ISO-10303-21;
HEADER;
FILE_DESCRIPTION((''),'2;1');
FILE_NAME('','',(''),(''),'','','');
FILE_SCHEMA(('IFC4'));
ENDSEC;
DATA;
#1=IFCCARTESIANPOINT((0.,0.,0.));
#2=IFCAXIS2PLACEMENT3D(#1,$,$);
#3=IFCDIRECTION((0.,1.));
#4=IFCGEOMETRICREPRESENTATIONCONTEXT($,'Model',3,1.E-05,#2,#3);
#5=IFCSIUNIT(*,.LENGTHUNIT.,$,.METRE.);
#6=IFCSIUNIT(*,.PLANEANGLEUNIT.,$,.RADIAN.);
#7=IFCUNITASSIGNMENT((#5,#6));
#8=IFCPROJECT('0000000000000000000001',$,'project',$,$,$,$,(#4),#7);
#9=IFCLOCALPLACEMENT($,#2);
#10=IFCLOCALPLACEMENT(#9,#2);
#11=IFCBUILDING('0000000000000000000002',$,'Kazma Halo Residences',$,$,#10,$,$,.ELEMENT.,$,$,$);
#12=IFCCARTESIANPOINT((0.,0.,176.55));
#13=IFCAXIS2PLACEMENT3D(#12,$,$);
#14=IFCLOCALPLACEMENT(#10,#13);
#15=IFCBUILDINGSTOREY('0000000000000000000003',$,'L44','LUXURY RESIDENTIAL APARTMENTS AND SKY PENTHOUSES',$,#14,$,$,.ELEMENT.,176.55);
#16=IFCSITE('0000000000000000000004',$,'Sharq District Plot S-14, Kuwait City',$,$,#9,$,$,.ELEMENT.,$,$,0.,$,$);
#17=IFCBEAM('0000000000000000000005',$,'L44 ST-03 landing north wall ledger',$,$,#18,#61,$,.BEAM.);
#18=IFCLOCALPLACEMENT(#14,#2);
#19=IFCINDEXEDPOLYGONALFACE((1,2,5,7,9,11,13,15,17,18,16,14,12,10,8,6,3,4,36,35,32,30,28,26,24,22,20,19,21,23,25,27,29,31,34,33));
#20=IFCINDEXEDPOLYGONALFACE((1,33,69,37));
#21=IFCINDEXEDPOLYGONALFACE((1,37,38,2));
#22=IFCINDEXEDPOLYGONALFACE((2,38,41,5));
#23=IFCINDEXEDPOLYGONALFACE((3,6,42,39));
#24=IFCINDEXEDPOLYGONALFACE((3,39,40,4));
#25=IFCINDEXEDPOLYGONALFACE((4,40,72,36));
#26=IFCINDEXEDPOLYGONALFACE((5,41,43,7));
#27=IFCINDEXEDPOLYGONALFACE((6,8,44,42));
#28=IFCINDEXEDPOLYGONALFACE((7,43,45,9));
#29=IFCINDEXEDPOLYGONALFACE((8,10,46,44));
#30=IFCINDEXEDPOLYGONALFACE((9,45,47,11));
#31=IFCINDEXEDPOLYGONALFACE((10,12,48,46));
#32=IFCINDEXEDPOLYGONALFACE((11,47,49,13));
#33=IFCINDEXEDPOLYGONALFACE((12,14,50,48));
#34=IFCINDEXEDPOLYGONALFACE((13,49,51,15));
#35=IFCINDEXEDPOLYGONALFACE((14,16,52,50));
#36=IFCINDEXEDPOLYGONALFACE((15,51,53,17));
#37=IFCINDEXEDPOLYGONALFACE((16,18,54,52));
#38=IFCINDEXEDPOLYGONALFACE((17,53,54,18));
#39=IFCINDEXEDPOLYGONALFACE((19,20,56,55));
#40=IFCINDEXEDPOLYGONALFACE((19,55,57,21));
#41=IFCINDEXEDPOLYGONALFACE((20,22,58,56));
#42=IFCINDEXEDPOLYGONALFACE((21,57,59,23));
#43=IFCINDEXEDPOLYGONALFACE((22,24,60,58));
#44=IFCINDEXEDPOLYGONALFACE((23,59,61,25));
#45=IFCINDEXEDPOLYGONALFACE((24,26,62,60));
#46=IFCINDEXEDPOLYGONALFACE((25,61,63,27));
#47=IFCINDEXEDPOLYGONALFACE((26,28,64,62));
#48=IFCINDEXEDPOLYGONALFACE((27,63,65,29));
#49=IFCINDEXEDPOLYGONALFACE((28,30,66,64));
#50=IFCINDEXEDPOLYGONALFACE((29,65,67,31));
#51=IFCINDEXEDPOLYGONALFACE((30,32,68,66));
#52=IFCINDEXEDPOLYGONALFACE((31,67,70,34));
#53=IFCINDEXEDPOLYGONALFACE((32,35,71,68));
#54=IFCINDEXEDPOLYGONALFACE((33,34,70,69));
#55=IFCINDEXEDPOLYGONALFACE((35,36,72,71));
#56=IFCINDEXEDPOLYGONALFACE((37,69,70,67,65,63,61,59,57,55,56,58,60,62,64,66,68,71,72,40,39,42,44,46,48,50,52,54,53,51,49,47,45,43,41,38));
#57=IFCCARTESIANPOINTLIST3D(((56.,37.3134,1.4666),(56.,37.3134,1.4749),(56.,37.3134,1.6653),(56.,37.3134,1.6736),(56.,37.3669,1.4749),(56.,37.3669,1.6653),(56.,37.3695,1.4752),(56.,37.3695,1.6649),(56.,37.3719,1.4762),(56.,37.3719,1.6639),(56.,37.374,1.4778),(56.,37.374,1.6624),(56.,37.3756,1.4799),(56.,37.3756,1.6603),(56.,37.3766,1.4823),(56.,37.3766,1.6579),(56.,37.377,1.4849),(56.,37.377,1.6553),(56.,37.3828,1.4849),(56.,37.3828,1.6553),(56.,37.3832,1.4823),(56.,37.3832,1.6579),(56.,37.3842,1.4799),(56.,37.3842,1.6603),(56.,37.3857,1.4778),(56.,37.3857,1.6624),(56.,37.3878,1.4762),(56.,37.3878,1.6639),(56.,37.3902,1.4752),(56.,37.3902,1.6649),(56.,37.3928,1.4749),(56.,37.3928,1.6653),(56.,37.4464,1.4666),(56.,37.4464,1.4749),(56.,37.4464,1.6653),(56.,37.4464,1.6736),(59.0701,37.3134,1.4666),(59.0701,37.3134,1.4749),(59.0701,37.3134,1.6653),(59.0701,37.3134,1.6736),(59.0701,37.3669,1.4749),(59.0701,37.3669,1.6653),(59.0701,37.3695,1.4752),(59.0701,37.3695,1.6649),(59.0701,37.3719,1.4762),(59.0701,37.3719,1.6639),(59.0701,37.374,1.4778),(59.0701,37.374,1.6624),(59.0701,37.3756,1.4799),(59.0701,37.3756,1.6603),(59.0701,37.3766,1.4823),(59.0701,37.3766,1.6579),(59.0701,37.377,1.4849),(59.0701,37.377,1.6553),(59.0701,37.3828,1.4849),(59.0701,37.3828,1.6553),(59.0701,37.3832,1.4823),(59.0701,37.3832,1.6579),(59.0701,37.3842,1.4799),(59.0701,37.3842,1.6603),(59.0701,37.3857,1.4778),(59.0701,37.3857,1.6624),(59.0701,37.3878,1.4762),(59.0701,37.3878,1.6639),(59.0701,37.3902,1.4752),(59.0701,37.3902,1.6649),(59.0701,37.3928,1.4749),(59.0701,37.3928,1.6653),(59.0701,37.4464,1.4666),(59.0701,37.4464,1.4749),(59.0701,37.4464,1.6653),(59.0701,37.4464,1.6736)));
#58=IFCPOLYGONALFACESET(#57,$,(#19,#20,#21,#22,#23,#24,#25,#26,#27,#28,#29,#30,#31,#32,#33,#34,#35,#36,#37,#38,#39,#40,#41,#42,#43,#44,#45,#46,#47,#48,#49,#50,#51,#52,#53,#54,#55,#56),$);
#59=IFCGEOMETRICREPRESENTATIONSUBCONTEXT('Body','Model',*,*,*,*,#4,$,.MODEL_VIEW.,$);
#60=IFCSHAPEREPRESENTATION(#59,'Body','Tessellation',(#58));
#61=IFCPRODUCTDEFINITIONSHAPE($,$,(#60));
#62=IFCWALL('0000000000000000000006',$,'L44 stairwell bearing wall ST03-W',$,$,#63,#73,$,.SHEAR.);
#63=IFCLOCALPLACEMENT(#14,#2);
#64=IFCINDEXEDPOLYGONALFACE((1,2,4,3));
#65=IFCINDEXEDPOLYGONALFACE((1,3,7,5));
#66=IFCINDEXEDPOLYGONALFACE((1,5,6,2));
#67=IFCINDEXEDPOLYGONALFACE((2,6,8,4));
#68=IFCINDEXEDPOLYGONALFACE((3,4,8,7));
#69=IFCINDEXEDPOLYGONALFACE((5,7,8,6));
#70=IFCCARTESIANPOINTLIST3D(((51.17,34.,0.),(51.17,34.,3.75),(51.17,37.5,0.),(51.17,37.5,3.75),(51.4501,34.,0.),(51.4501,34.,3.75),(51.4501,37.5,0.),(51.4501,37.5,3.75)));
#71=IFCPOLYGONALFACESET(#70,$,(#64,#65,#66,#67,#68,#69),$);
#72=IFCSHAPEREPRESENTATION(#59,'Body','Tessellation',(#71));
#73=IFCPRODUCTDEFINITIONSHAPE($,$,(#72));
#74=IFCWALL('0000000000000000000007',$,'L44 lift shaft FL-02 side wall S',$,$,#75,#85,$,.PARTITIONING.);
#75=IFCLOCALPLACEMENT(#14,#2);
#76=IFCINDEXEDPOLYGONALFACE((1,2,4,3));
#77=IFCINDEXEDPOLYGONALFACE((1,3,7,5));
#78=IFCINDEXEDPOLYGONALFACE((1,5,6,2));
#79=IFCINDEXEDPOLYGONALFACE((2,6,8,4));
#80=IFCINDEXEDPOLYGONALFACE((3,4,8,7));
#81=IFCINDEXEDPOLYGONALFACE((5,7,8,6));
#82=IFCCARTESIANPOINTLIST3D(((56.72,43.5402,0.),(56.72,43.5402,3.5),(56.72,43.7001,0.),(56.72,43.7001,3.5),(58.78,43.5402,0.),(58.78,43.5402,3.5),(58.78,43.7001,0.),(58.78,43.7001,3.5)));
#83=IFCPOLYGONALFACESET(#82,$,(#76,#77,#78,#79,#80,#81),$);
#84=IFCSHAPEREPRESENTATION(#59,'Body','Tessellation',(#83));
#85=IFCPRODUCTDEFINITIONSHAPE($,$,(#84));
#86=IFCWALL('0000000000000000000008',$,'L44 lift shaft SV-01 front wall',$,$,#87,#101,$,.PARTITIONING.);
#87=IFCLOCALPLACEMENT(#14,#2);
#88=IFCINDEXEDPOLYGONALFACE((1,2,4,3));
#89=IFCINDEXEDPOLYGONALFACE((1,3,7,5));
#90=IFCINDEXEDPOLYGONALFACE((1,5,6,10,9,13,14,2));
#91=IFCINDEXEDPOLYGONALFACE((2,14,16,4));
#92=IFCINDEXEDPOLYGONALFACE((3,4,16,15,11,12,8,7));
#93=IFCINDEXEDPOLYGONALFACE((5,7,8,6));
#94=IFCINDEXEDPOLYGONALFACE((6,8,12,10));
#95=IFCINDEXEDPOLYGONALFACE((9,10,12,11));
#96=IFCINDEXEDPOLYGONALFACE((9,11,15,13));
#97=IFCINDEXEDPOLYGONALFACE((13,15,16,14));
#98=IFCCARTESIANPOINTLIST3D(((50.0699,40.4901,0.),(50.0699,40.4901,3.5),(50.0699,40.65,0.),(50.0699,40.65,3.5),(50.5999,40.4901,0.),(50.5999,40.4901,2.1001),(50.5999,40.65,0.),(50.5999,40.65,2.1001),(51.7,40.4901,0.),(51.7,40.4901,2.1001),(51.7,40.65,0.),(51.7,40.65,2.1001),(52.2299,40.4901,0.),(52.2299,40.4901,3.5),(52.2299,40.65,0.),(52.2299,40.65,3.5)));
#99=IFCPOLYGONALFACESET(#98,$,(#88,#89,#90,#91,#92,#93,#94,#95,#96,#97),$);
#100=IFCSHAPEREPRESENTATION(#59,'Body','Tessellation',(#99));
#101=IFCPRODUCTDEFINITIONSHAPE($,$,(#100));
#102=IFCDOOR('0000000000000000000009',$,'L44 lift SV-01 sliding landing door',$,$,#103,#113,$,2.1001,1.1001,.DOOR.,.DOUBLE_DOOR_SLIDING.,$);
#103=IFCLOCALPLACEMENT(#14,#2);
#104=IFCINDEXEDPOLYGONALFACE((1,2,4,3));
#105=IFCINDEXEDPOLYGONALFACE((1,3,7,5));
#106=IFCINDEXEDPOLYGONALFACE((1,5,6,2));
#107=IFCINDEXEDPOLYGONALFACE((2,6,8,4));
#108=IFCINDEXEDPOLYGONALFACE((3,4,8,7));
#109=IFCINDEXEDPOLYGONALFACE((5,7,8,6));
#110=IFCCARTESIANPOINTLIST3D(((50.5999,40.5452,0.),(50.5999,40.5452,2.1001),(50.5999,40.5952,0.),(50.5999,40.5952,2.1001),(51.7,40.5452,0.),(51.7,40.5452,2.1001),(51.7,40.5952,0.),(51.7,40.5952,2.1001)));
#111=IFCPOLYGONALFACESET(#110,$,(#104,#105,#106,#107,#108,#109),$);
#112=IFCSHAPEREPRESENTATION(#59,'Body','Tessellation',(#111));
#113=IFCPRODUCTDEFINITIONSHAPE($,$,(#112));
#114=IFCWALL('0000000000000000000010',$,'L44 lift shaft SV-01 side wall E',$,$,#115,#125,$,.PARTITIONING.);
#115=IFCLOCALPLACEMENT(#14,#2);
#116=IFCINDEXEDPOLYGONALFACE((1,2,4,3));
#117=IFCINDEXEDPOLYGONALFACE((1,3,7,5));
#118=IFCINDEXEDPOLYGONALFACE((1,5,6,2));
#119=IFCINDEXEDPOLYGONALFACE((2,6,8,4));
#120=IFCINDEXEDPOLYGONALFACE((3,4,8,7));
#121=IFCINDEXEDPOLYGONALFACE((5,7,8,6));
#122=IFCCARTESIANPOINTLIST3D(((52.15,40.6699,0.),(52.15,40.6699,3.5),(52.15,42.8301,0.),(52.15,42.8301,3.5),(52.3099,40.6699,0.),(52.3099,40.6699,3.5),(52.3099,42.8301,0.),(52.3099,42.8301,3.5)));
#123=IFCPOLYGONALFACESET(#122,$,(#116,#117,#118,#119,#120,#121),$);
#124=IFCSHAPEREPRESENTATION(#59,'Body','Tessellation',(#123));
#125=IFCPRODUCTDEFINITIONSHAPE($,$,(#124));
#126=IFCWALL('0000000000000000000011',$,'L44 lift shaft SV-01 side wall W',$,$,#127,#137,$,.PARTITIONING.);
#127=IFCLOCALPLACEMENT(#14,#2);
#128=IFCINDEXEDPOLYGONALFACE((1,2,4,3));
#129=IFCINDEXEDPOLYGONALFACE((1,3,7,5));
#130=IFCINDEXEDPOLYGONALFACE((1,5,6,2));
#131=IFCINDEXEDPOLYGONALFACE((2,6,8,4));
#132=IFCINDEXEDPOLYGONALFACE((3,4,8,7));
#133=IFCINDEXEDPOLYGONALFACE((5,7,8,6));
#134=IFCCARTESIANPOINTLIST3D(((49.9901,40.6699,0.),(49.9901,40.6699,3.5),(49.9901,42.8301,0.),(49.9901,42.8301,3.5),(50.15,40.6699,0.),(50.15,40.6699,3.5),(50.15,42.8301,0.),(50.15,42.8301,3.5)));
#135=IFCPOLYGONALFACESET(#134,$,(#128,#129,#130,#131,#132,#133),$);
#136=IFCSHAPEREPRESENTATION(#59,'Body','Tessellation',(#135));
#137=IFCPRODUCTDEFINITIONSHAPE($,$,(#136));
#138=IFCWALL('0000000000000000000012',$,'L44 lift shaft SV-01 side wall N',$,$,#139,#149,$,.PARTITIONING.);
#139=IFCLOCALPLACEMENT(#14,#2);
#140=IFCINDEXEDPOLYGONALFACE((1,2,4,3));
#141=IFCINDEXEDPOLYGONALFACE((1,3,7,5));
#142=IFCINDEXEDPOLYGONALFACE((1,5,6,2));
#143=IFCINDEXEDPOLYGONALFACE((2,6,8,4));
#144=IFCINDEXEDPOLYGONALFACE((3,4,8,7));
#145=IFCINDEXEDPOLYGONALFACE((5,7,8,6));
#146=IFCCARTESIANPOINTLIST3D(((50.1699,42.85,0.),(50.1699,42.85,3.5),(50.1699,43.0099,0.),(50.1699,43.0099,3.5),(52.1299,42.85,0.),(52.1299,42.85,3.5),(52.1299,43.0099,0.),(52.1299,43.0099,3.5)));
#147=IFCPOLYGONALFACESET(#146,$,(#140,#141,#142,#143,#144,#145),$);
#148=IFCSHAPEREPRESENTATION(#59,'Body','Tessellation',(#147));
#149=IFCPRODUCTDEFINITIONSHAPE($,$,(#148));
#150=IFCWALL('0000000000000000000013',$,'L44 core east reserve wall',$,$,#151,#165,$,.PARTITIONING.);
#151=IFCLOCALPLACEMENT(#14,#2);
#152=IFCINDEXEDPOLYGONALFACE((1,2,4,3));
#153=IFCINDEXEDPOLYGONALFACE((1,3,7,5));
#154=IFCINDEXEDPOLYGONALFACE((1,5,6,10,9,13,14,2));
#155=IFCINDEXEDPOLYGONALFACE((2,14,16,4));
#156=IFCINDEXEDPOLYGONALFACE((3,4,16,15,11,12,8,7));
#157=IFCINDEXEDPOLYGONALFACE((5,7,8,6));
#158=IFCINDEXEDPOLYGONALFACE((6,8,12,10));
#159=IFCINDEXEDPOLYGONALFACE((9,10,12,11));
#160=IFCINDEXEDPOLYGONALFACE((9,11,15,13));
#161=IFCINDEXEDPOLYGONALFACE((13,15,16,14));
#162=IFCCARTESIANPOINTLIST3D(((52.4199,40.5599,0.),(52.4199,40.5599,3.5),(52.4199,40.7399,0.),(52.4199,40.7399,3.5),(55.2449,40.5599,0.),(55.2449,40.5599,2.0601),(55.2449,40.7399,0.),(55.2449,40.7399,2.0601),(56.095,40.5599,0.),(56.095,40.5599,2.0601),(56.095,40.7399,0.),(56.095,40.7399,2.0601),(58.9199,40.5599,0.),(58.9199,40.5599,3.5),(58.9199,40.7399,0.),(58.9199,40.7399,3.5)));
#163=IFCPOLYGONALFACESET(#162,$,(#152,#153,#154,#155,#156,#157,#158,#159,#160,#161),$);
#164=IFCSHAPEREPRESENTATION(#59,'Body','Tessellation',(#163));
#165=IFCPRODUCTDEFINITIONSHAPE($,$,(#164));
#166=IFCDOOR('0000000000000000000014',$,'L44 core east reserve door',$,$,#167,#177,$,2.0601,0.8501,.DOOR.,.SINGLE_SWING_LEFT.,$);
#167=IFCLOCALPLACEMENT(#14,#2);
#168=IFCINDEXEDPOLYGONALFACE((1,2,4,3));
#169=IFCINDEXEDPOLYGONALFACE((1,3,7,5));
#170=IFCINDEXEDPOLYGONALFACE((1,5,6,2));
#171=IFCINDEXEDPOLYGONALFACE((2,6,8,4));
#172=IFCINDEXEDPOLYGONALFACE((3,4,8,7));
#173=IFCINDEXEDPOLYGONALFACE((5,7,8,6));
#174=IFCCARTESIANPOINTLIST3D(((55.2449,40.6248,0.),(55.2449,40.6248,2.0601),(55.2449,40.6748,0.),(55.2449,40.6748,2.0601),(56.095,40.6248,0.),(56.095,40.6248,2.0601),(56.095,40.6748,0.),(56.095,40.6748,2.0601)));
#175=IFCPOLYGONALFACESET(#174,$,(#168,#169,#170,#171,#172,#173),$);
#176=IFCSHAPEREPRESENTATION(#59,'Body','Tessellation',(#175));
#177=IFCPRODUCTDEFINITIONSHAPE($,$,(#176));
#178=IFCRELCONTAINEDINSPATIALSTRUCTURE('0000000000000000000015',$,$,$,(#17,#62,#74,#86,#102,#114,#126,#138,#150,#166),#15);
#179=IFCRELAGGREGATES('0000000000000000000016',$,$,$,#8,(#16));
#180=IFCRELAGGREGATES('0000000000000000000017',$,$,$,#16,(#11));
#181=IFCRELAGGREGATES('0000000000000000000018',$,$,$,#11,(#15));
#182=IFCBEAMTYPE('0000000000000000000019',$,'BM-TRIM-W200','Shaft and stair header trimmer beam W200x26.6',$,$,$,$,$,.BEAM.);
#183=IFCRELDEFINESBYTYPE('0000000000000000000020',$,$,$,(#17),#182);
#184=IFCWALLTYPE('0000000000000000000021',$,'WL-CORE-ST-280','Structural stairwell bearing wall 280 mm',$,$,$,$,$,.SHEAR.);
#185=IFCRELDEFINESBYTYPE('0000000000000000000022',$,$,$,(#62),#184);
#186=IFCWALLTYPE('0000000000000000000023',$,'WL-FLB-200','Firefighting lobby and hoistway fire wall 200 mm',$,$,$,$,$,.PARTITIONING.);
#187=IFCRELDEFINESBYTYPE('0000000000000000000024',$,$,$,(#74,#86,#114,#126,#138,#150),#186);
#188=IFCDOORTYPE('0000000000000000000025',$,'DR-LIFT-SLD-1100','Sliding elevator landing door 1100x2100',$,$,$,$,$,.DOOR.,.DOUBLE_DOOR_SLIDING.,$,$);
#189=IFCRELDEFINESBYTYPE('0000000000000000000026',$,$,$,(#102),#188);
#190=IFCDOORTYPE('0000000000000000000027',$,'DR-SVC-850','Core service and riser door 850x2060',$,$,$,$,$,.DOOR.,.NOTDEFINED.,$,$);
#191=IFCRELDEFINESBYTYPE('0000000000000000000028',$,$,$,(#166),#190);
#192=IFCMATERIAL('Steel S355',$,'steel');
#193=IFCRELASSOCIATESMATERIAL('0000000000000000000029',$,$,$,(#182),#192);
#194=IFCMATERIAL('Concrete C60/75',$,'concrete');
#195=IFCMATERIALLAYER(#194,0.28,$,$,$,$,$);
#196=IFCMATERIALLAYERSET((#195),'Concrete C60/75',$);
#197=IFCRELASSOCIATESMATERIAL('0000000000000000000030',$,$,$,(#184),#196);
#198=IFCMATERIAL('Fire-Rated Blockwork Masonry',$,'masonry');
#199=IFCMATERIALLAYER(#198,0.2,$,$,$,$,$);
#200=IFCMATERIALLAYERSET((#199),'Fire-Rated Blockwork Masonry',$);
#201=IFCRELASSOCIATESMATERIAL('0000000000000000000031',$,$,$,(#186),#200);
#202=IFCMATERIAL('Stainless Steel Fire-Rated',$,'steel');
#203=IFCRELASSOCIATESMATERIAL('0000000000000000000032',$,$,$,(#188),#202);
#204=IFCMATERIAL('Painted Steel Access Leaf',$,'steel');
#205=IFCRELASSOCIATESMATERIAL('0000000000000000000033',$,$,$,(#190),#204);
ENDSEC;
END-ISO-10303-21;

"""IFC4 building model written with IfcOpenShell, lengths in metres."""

from ifc_helpers import new_model, si_unit, direction, frame, frame_2d, origin, origin_2d, place, context, subcontext, project, spatial, rectangle, i_section, extrude, material, layer, layer_set, material_profile, profile_set, type_object, element, fill, save


model = new_model("IFC4")

# Units and contexts
model_context = context("Model", 3, precision=1e-05, world=origin(), true_north=direction((0.0, 1.0)))
body_context = subcontext(model_context, "Body", "Model", "MODEL_VIEW")
ifc_project = project(units=[si_unit("LENGTHUNIT", "METRE"), si_unit("PLANEANGLEUNIT", "RADIAN")], contexts=[model_context])

# Site, building, storey
site_placement = place(None, origin())
site = spatial("IfcSite", under=ifc_project, at=site_placement, Name="Sharq District Plot S-14, Kuwait City", CompositionType="ELEMENT", RefElevation=0.0)
building_placement = place(site_placement, origin())
building = spatial("IfcBuilding", under=site, at=building_placement, Name="Kazma Halo Residences", CompositionType="ELEMENT")
storey_placement = place(building_placement, frame((0.0, 0.0, 176.55)))
storey = spatial("IfcBuildingStorey", under=building, at=storey_placement, Name="L44", Description="LUXURY RESIDENTIAL APARTMENTS AND SKY PENTHOUSES", CompositionType="ELEMENT", Elevation=176.55)

# Shared definitions
ifc_material_1 = material(Name="Steel S355", Category="steel")

# Beam
ifc_material_profile_1 = material_profile(ifc_material_1, i_section(OverallWidth=0.1331, OverallDepth=0.207, WebThickness=0.0059, FlangeThickness=0.0083, FilletRadius=0.01, at=origin_2d()), Name="W200x26.6")
ifc_profile_set_1 = profile_set([ifc_material_profile_1], Name="Steel S355")
beam_type = type_object("IfcBeamType", Name="BM-TRIM-W200", Description="Shaft and stair header trimmer beam W200x26.6", PredefinedType="BEAM", material=ifc_profile_set_1)
beam_1_placement = place(storey_placement, frame((56.0, 37.3799, 1.5701), z_axis=(1.0, 0.0, 0.0), x_axis=(0.0, 1.0, 0.0)))
element("IfcBeam", 1, at=beam_1_placement, inside=storey, type_object=beam_type, Name="L44 ST-03 landing north wall ledger", PredefinedType="BEAM", context=body_context, shape_type="SweptSolid", body=[
    extrude(i_section(OverallWidth=0.1331, OverallDepth=0.207, WebThickness=0.0059, FlangeThickness=0.0083, FilletRadius=0.01, at=origin_2d()), origin(), (0.0, 0.0, 1.0), 3.0701),
])

# Walls
ifc_material_2 = material(Name="Concrete C60/75", Category="concrete")
ifc_layer_1 = layer(ifc_material_2, 0.28)
ifc_layer_set_1 = layer_set([ifc_layer_1], Name="Concrete C60/75")
wall_type_1 = type_object("IfcWallType", Name="WL-CORE-ST-280", Description="Structural stairwell bearing wall 280 mm", PredefinedType="SHEAR", material=ifc_layer_set_1)
wall_1_placement = place(storey_placement, frame((51.3101, 34.0, 0.0), z_axis=(0.0, 0.0, 1.0), x_axis=(0.0, 1.0, 0.0)))
element("IfcWall", 2, at=wall_1_placement, inside=storey, type_object=wall_type_1, Name="L44 stairwell bearing wall ST03-W", PredefinedType="SHEAR", context=body_context, shape_type="SweptSolid", body=[
    extrude(rectangle(XDim=3.5, YDim=0.28, at=frame_2d((1.75, 0.0))), origin(), (0.0, 0.0, 1.0), 3.75),
])
ifc_material_3 = material(Name="Fire-Rated Blockwork Masonry", Category="masonry")
ifc_layer_2 = layer(ifc_material_3, 0.2)
ifc_layer_set_2 = layer_set([ifc_layer_2], Name="Fire-Rated Blockwork Masonry")
wall_type_2 = type_object("IfcWallType", Name="WL-FLB-200", Description="Firefighting lobby and hoistway fire wall 200 mm", PredefinedType="PARTITIONING", material=ifc_layer_set_2)
wall_2_placement = place(storey_placement, frame((56.72, 43.6201, 0.0), z_axis=(0.0, 0.0, 1.0), x_axis=(1.0, 0.0, 0.0)))
element("IfcWall", 3, at=wall_2_placement, inside=storey, type_object=wall_type_2, Name="L44 lift shaft FL-02 side wall S", PredefinedType="PARTITIONING", context=body_context, shape_type="SweptSolid", body=[
    extrude(rectangle(XDim=2.0601, YDim=0.1599, at=frame_2d((1.03, 0.0))), origin(), (0.0, 0.0, 1.0), 3.5),
])

# Wall, opening, door
wall_3_placement = place(storey_placement, frame((52.23, 40.5701, 0.0), z_axis=(0.0, 0.0, 1.0), x_axis=(-1.0, 0.0, 0.0)))
wall_3 = element("IfcWall", 4, at=wall_3_placement, inside=storey, type_object=wall_type_2, Name="L44 lift shaft SV-01 front wall", PredefinedType="PARTITIONING", context=body_context, shape_type="SweptSolid", body=[
    extrude(rectangle(XDim=2.1599, YDim=0.1599, at=frame_2d((1.0801, 0.0))), origin(), (0.0, 0.0, 1.0), 3.5),
])
opening_1_placement = place(wall_3_placement, frame((0.53, 0.0, 0.0)))
opening_1 = element("IfcOpeningElement", 5, at=opening_1_placement, cuts=wall_3, PredefinedType="OPENING", context=body_context, shape_type="SweptSolid", body=[
    extrude(rectangle(XDim=1.1001, YDim=2.1001, at=frame_2d((0.55, 1.05))), frame((0.0, 0.0898, 0.0), z_axis=(0.0, -1.0, 0.0), x_axis=(1.0, 0.0, 0.0)), (0.0, 0.0, 1.0), 0.1799),
])
ifc_material_4 = material(Name="Stainless Steel Fire-Rated", Category="steel")
door_type_1 = type_object("IfcDoorType", Name="DR-LIFT-SLD-1100", Description="Sliding elevator landing door 1100x2100", OperationType="DOUBLE_DOOR_SLIDING", PredefinedType="DOOR", material=ifc_material_4)
door_1_placement = place(opening_1_placement, origin())
door_1 = element("IfcDoor", 6, at=door_1_placement, inside=storey, type_object=door_type_1, Name="L44 lift SV-01 sliding landing door", OperationType="DOUBLE_DOOR_SLIDING", OverallHeight=2.1001, OverallWidth=1.1001, PredefinedType="DOOR", context=body_context, shape_type="SweptSolid", body=[
    extrude(rectangle(XDim=1.1001, YDim=2.1001, at=frame_2d((0.55, 1.05))), frame((0.0, 0.0249, 0.0), z_axis=(0.0, -1.0, 0.0), x_axis=(1.0, 0.0, 0.0)), (0.0, 0.0, 1.0), 0.05),
])
fill(opening_1, door_1)

# Walls
for number, where, z_axis, x_axis, name in (
    (7, (52.23, 40.6699, 0.0), (0.0, 0.0, 1.0), (0.0, 1.0, 0.0), "L44 lift shaft SV-01 side wall E"),
    (8, (50.0701, 40.6699, 0.0), (0.0, 0.0, 1.0), (0.0, 1.0, 0.0), "L44 lift shaft SV-01 side wall W"),
):
    element("IfcWall", number, at=place(storey_placement, frame(where, z_axis=z_axis, x_axis=x_axis)), inside=storey, type_object=wall_type_2, Name=name, PredefinedType="PARTITIONING", context=body_context, shape_type="SweptSolid", body=[
        extrude(rectangle(XDim=2.1602, YDim=0.1599, at=frame_2d((1.0801, 0.0))), origin(), (0.0, 0.0, 1.0), 3.5),
    ])
wall_4_placement = place(storey_placement, frame((50.1699, 42.9299, 0.0), z_axis=(0.0, 0.0, 1.0), x_axis=(1.0, 0.0, 0.0)))
element("IfcWall", 9, at=wall_4_placement, inside=storey, type_object=wall_type_2, Name="L44 lift shaft SV-01 side wall N", PredefinedType="PARTITIONING", context=body_context, shape_type="SweptSolid", body=[
    extrude(rectangle(XDim=1.96, YDim=0.1599, at=frame_2d((0.98, 0.0))), origin(), (0.0, 0.0, 1.0), 3.5),
])

# Wall, opening, door
wall_5_placement = place(storey_placement, frame((52.4199, 40.6499, 0.0), z_axis=(0.0, 0.0, 1.0), x_axis=(1.0, 0.0, 0.0)))
wall_5 = element("IfcWall", 10, at=wall_5_placement, inside=storey, type_object=wall_type_2, Name="L44 core east reserve wall", PredefinedType="PARTITIONING", context=body_context, shape_type="SweptSolid", body=[
    extrude(rectangle(XDim=6.5, YDim=0.1799, at=frame_2d((3.25, 0.0))), origin(), (0.0, 0.0, 1.0), 3.5),
])
opening_2_placement = place(wall_5_placement, frame((2.825, 0.0, 0.0)))
opening_2 = element("IfcOpeningElement", 11, at=opening_2_placement, cuts=wall_5, PredefinedType="OPENING", context=body_context, shape_type="SweptSolid", body=[
    extrude(rectangle(XDim=0.8501, YDim=2.0601, at=frame_2d((0.425, 1.03))), frame((0.0, 0.0999, 0.0), z_axis=(0.0, -1.0, 0.0), x_axis=(1.0, 0.0, 0.0)), (0.0, 0.0, 1.0), 0.2),
])
ifc_material_5 = material(Name="Painted Steel Access Leaf", Category="steel")
door_type_2 = type_object("IfcDoorType", Name="DR-SVC-850", Description="Core service and riser door 850x2060", OperationType="NOTDEFINED", PredefinedType="DOOR", material=ifc_material_5)
door_2_placement = place(opening_2_placement, origin())
door_2 = element("IfcDoor", 12, at=door_2_placement, inside=storey, type_object=door_type_2, Name="L44 core east reserve door", OperationType="SINGLE_SWING_LEFT", OverallHeight=2.0601, OverallWidth=0.8501, PredefinedType="DOOR", context=body_context, shape_type="SweptSolid", body=[
    extrude(rectangle(XDim=0.8501, YDim=2.0601, at=frame_2d((0.425, 1.03))), frame((0.0, 0.0249, 0.0), z_axis=(0.0, -1.0, 0.0), x_axis=(1.0, 0.0, 0.0)), (0.0, 0.0, 1.0), 0.05),
])
fill(opening_2, door_2)

save(model, "model.ifc")
